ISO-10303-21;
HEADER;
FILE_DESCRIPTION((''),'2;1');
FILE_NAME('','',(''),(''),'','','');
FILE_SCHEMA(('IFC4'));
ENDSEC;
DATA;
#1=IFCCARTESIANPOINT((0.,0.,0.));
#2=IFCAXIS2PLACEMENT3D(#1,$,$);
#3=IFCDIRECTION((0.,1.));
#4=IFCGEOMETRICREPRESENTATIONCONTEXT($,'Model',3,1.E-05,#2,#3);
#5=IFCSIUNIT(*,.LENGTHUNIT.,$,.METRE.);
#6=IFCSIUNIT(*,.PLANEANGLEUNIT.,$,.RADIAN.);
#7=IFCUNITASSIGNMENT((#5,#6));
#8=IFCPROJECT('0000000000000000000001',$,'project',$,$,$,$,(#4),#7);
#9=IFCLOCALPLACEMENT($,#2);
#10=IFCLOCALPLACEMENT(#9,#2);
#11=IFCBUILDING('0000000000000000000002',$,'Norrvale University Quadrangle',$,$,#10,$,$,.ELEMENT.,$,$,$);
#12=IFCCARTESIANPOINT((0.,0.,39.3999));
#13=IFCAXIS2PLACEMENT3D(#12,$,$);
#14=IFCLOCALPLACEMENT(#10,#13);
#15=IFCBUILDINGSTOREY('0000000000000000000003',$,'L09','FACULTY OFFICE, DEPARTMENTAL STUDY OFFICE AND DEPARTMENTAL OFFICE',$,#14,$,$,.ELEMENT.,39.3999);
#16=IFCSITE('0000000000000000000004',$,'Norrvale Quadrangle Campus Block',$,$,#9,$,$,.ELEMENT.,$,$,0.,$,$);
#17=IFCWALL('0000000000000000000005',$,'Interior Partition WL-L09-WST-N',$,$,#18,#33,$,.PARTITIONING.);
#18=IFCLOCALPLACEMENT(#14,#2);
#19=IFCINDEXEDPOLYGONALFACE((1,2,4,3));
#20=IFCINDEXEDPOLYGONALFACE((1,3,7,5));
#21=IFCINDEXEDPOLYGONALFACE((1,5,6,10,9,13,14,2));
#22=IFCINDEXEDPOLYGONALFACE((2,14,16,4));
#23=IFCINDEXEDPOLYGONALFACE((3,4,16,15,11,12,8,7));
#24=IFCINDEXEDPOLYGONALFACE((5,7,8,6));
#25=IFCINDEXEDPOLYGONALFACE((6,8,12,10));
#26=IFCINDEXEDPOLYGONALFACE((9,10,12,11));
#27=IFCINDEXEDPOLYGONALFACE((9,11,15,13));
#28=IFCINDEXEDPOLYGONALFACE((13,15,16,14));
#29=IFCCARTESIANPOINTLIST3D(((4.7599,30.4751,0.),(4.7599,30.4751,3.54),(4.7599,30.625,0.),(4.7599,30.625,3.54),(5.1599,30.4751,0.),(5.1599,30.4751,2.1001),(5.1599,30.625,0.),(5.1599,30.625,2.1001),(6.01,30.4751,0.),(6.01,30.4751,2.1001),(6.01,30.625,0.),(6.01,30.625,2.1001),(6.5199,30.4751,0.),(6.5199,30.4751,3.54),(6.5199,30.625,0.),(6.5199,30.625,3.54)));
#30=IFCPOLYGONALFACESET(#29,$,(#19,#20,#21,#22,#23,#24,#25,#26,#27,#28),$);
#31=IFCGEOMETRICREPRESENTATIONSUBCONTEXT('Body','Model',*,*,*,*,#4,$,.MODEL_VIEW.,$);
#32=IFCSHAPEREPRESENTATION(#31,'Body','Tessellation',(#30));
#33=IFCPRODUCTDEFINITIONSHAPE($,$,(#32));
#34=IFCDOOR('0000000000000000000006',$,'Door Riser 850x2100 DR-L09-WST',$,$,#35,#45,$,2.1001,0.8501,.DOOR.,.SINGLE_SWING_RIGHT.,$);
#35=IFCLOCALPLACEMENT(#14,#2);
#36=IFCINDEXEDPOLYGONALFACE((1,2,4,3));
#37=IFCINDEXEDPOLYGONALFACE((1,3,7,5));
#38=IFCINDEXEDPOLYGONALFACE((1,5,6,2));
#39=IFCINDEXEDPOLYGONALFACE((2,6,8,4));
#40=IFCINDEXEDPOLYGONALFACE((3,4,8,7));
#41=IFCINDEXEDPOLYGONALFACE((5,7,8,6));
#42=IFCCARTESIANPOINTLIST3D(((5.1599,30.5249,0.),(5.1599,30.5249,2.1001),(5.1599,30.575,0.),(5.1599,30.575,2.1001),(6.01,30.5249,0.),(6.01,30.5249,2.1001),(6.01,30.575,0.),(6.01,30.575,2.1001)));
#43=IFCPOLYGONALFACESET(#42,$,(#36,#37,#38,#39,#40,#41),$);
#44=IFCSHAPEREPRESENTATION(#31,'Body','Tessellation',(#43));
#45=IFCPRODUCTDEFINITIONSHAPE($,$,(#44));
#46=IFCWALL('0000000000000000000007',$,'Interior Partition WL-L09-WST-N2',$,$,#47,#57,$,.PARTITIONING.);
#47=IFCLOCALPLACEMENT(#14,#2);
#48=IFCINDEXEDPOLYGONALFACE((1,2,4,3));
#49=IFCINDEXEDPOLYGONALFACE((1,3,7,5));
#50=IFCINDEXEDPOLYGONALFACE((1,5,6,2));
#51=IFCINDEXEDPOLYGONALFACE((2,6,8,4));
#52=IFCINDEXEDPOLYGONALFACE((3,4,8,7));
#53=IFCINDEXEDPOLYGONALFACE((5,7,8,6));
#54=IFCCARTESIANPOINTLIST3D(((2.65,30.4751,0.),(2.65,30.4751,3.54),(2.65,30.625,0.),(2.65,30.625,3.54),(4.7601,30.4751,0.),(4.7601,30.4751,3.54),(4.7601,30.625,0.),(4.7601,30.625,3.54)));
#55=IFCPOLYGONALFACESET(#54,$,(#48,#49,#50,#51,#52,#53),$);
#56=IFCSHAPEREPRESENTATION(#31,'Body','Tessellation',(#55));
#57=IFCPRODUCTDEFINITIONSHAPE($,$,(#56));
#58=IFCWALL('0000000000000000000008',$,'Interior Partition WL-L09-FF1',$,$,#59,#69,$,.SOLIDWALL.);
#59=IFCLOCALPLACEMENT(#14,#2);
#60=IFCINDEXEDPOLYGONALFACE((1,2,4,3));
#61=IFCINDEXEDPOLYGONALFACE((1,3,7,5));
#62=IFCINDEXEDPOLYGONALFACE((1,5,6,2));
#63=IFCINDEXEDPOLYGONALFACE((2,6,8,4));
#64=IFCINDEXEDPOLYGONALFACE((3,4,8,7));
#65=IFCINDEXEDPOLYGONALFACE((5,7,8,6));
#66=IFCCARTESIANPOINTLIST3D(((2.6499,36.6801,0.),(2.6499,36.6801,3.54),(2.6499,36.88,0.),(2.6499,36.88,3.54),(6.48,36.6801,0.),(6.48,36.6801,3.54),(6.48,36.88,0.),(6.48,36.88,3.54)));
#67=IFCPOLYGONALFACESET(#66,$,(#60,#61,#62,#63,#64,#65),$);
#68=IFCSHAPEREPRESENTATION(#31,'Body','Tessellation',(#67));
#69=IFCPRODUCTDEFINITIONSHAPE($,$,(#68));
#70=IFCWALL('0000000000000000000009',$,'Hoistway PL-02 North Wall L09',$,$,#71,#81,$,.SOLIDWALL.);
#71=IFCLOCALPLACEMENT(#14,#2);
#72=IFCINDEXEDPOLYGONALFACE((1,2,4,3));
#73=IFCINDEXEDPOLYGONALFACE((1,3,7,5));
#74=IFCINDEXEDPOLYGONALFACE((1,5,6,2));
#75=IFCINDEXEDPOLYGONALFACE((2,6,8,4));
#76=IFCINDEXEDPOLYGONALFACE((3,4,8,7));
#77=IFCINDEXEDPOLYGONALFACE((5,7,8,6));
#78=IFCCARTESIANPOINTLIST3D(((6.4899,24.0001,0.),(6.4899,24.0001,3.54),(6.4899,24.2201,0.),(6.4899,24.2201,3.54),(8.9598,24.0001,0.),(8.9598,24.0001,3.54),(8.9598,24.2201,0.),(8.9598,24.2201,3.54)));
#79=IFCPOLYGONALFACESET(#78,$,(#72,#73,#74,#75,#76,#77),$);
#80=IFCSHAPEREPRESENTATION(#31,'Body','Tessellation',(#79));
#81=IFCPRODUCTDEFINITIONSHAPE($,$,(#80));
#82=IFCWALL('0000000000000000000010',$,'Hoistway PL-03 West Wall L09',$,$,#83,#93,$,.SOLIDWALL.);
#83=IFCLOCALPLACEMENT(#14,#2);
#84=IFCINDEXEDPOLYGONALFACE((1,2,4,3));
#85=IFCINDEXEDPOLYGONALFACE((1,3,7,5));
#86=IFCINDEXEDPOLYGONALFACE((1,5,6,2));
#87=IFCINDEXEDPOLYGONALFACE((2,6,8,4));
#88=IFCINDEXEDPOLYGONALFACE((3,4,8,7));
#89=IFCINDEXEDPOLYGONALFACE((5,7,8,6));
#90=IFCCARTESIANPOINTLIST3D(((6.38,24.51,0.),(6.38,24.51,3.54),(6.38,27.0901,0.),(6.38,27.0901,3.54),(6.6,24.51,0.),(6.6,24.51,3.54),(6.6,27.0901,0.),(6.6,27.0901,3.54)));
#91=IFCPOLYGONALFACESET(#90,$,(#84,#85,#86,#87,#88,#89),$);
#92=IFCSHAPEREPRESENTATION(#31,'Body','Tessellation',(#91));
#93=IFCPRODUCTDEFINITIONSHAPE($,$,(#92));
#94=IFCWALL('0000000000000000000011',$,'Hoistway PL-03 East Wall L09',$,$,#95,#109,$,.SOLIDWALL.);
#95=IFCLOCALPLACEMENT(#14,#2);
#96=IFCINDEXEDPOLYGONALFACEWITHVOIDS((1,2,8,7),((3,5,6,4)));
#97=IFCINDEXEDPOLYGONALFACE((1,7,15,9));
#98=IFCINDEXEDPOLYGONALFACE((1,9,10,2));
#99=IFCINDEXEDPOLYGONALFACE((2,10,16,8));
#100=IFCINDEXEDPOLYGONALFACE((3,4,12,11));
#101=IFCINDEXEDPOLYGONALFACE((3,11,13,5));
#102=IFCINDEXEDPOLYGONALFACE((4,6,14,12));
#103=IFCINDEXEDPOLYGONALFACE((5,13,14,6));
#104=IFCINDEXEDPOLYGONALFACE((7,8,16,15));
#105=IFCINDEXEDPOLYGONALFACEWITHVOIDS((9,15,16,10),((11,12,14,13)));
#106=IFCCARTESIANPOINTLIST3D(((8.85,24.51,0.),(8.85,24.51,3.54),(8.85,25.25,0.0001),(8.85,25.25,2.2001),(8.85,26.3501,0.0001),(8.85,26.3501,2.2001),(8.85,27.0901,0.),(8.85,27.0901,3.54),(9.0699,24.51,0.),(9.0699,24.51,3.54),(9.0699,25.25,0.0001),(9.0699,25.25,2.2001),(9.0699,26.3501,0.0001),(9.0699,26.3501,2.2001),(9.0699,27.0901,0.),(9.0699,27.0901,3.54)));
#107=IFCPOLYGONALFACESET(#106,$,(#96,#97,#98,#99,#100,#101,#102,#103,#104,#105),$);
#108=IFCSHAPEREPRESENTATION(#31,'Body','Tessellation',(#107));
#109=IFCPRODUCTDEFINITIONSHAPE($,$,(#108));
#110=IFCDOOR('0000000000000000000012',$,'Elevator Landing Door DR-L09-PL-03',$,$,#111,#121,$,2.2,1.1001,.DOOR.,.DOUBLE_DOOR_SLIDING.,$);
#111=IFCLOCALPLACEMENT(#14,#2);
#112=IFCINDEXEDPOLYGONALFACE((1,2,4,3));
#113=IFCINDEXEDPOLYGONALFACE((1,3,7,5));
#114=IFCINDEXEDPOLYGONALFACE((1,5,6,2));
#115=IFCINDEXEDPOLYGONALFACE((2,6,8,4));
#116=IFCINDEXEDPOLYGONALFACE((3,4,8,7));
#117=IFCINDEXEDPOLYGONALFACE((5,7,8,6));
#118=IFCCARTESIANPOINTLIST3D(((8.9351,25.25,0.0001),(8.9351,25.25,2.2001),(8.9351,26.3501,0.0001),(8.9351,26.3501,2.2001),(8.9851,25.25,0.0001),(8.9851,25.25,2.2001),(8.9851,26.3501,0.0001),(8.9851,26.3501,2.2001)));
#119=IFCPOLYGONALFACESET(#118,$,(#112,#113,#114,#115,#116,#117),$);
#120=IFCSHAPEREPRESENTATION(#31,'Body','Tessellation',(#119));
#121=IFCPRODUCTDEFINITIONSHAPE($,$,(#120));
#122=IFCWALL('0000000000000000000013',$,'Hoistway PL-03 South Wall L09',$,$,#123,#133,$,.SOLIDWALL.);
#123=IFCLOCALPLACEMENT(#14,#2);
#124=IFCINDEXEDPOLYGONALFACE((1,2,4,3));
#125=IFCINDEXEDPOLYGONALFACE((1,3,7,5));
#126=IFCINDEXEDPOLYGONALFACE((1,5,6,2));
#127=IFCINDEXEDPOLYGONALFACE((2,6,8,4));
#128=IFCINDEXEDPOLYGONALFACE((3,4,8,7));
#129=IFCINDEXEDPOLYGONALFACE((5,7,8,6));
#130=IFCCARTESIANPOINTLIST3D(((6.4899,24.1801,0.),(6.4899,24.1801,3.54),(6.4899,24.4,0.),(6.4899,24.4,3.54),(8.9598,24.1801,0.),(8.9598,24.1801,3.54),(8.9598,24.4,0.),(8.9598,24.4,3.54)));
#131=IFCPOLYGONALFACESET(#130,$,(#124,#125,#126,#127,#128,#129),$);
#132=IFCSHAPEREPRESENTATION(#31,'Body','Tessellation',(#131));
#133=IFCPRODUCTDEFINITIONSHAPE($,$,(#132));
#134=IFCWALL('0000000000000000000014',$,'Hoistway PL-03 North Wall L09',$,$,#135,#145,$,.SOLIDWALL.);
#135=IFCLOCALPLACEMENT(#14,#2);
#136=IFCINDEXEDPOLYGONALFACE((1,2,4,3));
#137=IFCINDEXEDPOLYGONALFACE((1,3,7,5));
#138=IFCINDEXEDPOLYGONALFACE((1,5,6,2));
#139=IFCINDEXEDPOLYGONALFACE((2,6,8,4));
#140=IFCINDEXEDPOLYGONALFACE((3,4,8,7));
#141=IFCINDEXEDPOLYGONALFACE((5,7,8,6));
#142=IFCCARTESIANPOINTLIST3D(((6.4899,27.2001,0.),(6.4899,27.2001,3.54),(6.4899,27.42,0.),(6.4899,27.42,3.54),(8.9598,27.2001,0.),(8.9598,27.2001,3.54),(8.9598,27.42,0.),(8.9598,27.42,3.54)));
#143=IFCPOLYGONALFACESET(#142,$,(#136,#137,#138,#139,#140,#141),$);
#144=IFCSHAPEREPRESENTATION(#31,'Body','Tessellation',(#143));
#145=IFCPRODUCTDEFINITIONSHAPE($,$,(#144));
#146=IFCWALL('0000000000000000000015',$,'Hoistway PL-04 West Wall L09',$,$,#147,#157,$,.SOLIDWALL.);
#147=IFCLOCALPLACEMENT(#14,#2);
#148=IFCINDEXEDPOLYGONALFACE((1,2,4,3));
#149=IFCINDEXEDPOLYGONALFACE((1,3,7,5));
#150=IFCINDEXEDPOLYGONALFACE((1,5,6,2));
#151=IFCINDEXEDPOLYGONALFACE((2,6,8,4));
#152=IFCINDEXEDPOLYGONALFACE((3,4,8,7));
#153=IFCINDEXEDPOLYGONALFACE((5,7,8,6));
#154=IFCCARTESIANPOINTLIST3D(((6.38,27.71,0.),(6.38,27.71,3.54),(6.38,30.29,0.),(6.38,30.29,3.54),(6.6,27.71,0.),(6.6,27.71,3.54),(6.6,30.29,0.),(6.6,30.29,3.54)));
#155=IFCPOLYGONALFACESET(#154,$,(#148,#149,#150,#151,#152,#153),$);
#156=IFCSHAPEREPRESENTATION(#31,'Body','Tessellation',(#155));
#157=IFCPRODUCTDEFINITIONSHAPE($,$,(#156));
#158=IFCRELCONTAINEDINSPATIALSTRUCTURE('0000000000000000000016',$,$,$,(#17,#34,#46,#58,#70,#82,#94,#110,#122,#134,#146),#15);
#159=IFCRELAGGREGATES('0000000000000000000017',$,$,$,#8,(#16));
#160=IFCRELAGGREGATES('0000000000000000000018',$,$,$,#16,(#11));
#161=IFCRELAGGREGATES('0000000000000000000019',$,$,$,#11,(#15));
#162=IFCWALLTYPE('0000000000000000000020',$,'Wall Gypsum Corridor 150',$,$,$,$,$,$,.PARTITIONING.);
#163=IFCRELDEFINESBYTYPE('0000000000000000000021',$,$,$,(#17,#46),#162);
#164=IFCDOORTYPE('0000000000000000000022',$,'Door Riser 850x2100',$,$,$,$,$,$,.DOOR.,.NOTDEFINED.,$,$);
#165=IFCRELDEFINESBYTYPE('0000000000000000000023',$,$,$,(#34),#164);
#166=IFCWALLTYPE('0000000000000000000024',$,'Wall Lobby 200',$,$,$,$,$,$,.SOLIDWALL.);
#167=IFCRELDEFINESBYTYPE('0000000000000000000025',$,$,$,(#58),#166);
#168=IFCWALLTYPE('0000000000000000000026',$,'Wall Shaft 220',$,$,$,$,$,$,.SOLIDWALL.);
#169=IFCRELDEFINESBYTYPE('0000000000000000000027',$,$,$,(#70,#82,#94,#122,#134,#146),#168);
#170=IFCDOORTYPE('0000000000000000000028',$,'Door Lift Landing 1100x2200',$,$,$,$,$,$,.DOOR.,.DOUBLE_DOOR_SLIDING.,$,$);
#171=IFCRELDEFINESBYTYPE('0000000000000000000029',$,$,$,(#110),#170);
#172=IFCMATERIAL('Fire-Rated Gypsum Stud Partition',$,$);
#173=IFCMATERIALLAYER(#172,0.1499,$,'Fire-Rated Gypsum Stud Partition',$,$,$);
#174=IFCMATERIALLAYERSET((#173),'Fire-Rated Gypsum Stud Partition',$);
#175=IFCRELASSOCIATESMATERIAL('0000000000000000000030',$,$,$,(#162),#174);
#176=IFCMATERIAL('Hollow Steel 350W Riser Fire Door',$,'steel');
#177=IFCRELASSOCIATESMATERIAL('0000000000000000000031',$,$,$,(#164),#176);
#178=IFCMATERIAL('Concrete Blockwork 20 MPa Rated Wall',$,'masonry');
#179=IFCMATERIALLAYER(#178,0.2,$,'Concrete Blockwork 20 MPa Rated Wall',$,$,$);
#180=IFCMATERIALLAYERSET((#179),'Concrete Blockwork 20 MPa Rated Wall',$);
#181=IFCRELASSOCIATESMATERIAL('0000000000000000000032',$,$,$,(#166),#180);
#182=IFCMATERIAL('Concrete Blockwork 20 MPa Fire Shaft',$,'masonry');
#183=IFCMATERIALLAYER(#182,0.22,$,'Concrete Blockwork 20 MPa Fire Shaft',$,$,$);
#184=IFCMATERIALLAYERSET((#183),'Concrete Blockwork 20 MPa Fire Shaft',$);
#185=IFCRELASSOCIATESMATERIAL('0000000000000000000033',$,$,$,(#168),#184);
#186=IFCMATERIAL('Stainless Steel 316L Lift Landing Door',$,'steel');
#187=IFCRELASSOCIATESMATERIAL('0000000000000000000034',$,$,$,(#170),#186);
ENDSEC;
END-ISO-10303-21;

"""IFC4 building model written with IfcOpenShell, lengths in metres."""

from ifc_helpers import new_model, si_unit, direction, frame, frame_2d, origin, place, context, subcontext, project, spatial, rectangle, extrude, material, layer, layer_set, type_object, element, fill, save


model = new_model("IFC4")

# Units and contexts
model_context = context("Model", 3, precision=1e-05, world=origin(), true_north=direction((0.0, 1.0)))
body_context = subcontext(model_context, "Body", "Model", "MODEL_VIEW")
ifc_project = project(units=[si_unit("LENGTHUNIT", "METRE"), si_unit("PLANEANGLEUNIT", "RADIAN")], contexts=[model_context])

# Site, building, storey
site_placement = place(None, origin())
site = spatial("IfcSite", under=ifc_project, at=site_placement, Name="Norrvale Quadrangle Campus Block", CompositionType="ELEMENT", RefElevation=0.0)
building_placement = place(site_placement, origin())
building = spatial("IfcBuilding", under=site, at=building_placement, Name="Norrvale University Quadrangle", CompositionType="ELEMENT")
storey_placement = place(building_placement, frame((0.0, 0.0, 39.3999)))
storey = spatial("IfcBuildingStorey", under=building, at=storey_placement, Name="L09", Description="FACULTY OFFICE, DEPARTMENTAL STUDY OFFICE AND DEPARTMENTAL OFFICE", CompositionType="ELEMENT", Elevation=39.3999)

# Wall, opening, door
ifc_material_1 = material(Name="Fire-Rated Gypsum Stud Partition")
ifc_layer_1 = layer(ifc_material_1, 0.1499, Name="Fire-Rated Gypsum Stud Partition")
ifc_layer_set_1 = layer_set([ifc_layer_1], Name="Fire-Rated Gypsum Stud Partition")
wall_type_1 = type_object("IfcWallType", Name="Wall Gypsum Corridor 150", PredefinedType="PARTITIONING", material=ifc_layer_set_1)
ifc_material_2 = material(Name="Hollow Steel 350W Riser Fire Door", Category="steel")
door_type_1 = type_object("IfcDoorType", Name="Door Riser 850x2100", OperationType="NOTDEFINED", PredefinedType="DOOR", material=ifc_material_2)
wall_1_placement = place(storey_placement, frame((4.76, 30.55, 0.0), z_axis=(0.0, 0.0, 1.0), x_axis=(1.0, 0.0, 0.0)))
wall_1 = element("IfcWall", 1, at=wall_1_placement, inside=storey, type_object=wall_type_1, Name="Interior Partition WL-L09-WST-N", PredefinedType="PARTITIONING", context=body_context, shape_type="SweptSolid", body=[
    extrude(rectangle(XDim=1.76, YDim=0.1499, at=frame_2d((0.8799, 0.0))), origin(), (0.0, 0.0, 1.0), 3.54),
])
opening_1_placement = place(wall_1_placement, frame((0.3999, 0.0, 0.0)))
opening_1 = element("IfcOpeningElement", 2, at=opening_1_placement, cuts=wall_1, PredefinedType="OPENING", context=body_context, shape_type="SweptSolid", body=[
    extrude(rectangle(XDim=0.8501, YDim=2.1001, at=frame_2d((0.425, 1.05))), frame((0.0, 0.0869, 0.0), z_axis=(0.0, -1.0, 0.0), x_axis=(1.0, 0.0, 0.0)), (0.0, 0.0, 1.0), 0.1738),
])
door_1_placement = place(opening_1_placement, origin())
door_1 = element("IfcDoor", 3, at=door_1_placement, inside=storey, type_object=door_type_1, Name="Door Riser 850x2100 DR-L09-WST", OperationType="SINGLE_SWING_RIGHT", OverallHeight=2.1001, OverallWidth=0.8501, PredefinedType="DOOR", context=body_context, shape_type="SweptSolid", body=[
    extrude(rectangle(XDim=0.8501, YDim=2.1001, at=frame_2d((0.425, 1.05))), frame((0.0, 0.0249, 0.0), z_axis=(0.0, -1.0, 0.0), x_axis=(1.0, 0.0, 0.0)), (0.0, 0.0, 1.0), 0.05),
])
fill(opening_1, door_1)

# Walls
wall_2_placement = place(storey_placement, frame((2.6499, 30.55, 0.0), z_axis=(0.0, 0.0, 1.0), x_axis=(1.0, 0.0, 0.0)))
element("IfcWall", 4, at=wall_2_placement, inside=storey, type_object=wall_type_1, Name="Interior Partition WL-L09-WST-N2", PredefinedType="PARTITIONING", context=body_context, shape_type="SweptSolid", body=[
    extrude(rectangle(XDim=2.1101, YDim=0.1499, at=frame_2d((1.0552, 0.0))), origin(), (0.0, 0.0, 1.0), 3.54),
])
ifc_material_3 = material(Name="Concrete Blockwork 20 MPa Rated Wall", Category="masonry")
ifc_layer_2 = layer(ifc_material_3, 0.2, Name="Concrete Blockwork 20 MPa Rated Wall")
ifc_layer_set_2 = layer_set([ifc_layer_2], Name="Concrete Blockwork 20 MPa Rated Wall")
wall_type_2 = type_object("IfcWallType", Name="Wall Lobby 200", PredefinedType="SOLIDWALL", material=ifc_layer_set_2)
wall_3_placement = place(storey_placement, frame((2.6499, 36.78, 0.0), z_axis=(0.0, 0.0, 1.0), x_axis=(1.0, 0.0, 0.0)))
element("IfcWall", 5, at=wall_3_placement, inside=storey, type_object=wall_type_2, Name="Interior Partition WL-L09-FF1", PredefinedType="SOLIDWALL", context=body_context, shape_type="SweptSolid", body=[
    extrude(rectangle(XDim=3.8301, YDim=0.2, at=frame_2d((1.915, 0.0))), origin(), (0.0, 0.0, 1.0), 3.54),
])
ifc_material_4 = material(Name="Concrete Blockwork 20 MPa Fire Shaft", Category="masonry")
ifc_layer_3 = layer(ifc_material_4, 0.22, Name="Concrete Blockwork 20 MPa Fire Shaft")
ifc_layer_set_3 = layer_set([ifc_layer_3], Name="Concrete Blockwork 20 MPa Fire Shaft")
wall_type_3 = type_object("IfcWallType", Name="Wall Shaft 220", PredefinedType="SOLIDWALL", material=ifc_layer_set_3)
wall_4_placement = place(storey_placement, frame((6.49, 24.1101, 0.0), z_axis=(0.0, 0.0, 1.0), x_axis=(1.0, 0.0, 0.0)))
element("IfcWall", 6, at=wall_4_placement, inside=storey, type_object=wall_type_3, Name="Hoistway PL-02 North Wall L09", PredefinedType="SOLIDWALL", context=body_context, shape_type="SweptSolid", body=[
    extrude(rectangle(XDim=2.47, YDim=0.22, at=frame_2d((1.2349, 0.0))), origin(), (0.0, 0.0, 1.0), 3.54),
])
wall_5_placement = place(storey_placement, frame((6.49, 24.51, 0.0), z_axis=(0.0, 0.0, 1.0), x_axis=(0.0, 1.0, 0.0)))
element("IfcWall", 7, at=wall_5_placement, inside=storey, type_object=wall_type_3, Name="Hoistway PL-03 West Wall L09", PredefinedType="SOLIDWALL", context=body_context, shape_type="SweptSolid", body=[
    extrude(rectangle(XDim=2.5801, YDim=0.22, at=frame_2d((1.29, 0.0))), origin(), (0.0, 0.0, 1.0), 3.54),
])

# Wall, opening, door
wall_6_placement = place(storey_placement, frame((8.96, 24.51, 0.0), z_axis=(0.0, 0.0, 1.0), x_axis=(0.0, 1.0, 0.0)))
wall_6 = element("IfcWall", 8, at=wall_6_placement, inside=storey, type_object=wall_type_3, Name="Hoistway PL-03 East Wall L09", PredefinedType="SOLIDWALL", context=body_context, shape_type="SweptSolid", body=[
    extrude(rectangle(XDim=2.5801, YDim=0.22, at=frame_2d((1.29, 0.0))), origin(), (0.0, 0.0, 1.0), 3.54),
])
opening_2_placement = place(wall_6_placement, frame((0.74, 0.0, 0.0)))
opening_2 = element("IfcOpeningElement", 9, at=opening_2_placement, cuts=wall_6, PredefinedType="OPENING", context=body_context, shape_type="SweptSolid", body=[
    extrude(rectangle(XDim=1.1001, YDim=2.2, at=frame_2d((0.55, 1.1001))), frame((0.0, 0.1221, 0.0), z_axis=(0.0, -1.0, 0.0), x_axis=(1.0, 0.0, 0.0)), (0.0, 0.0, 1.0), 0.2439),
])
ifc_material_5 = material(Name="Stainless Steel 316L Lift Landing Door", Category="steel")
door_type_2 = type_object("IfcDoorType", Name="Door Lift Landing 1100x2200", OperationType="DOUBLE_DOOR_SLIDING", PredefinedType="DOOR", material=ifc_material_5)
door_2_placement = place(opening_2_placement, origin())
door_2 = element("IfcDoor", 10, at=door_2_placement, inside=storey, type_object=door_type_2, Name="Elevator Landing Door DR-L09-PL-03", OperationType="DOUBLE_DOOR_SLIDING", OverallHeight=2.2, OverallWidth=1.1001, PredefinedType="DOOR", context=body_context, shape_type="SweptSolid", body=[
    extrude(rectangle(XDim=1.1001, YDim=2.2, at=frame_2d((0.55, 1.1001))), frame((0.0, 0.0249, 0.0), z_axis=(0.0, -1.0, 0.0), x_axis=(1.0, 0.0, 0.0)), (0.0, 0.0, 1.0), 0.05),
])
fill(opening_2, door_2)

# Walls
for number, where, z_axis, x_axis, name in (
    (11, (6.49, 24.29, 0.0), (0.0, 0.0, 1.0), (1.0, 0.0, 0.0), "Hoistway PL-03 South Wall L09"),
    (12, (6.49, 27.3101, 0.0), (0.0, 0.0, 1.0), (1.0, 0.0, 0.0), "Hoistway PL-03 North Wall L09"),
):
    element("IfcWall", number, at=place(storey_placement, frame(where, z_axis=z_axis, x_axis=x_axis)), inside=storey, type_object=wall_type_3, Name=name, PredefinedType="SOLIDWALL", context=body_context, shape_type="SweptSolid", body=[
        extrude(rectangle(XDim=2.47, YDim=0.22, at=frame_2d((1.2349, 0.0))), origin(), (0.0, 0.0, 1.0), 3.54),
    ])
wall_7_placement = place(storey_placement, frame((6.49, 27.71, 0.0), z_axis=(0.0, 0.0, 1.0), x_axis=(0.0, 1.0, 0.0)))
element("IfcWall", 13, at=wall_7_placement, inside=storey, type_object=wall_type_3, Name="Hoistway PL-04 West Wall L09", PredefinedType="SOLIDWALL", context=body_context, shape_type="SweptSolid", body=[
    extrude(rectangle(XDim=2.5801, YDim=0.22, at=frame_2d((1.29, 0.0))), origin(), (0.0, 0.0, 1.0), 3.54),
])

save(model, "model.ifc")
